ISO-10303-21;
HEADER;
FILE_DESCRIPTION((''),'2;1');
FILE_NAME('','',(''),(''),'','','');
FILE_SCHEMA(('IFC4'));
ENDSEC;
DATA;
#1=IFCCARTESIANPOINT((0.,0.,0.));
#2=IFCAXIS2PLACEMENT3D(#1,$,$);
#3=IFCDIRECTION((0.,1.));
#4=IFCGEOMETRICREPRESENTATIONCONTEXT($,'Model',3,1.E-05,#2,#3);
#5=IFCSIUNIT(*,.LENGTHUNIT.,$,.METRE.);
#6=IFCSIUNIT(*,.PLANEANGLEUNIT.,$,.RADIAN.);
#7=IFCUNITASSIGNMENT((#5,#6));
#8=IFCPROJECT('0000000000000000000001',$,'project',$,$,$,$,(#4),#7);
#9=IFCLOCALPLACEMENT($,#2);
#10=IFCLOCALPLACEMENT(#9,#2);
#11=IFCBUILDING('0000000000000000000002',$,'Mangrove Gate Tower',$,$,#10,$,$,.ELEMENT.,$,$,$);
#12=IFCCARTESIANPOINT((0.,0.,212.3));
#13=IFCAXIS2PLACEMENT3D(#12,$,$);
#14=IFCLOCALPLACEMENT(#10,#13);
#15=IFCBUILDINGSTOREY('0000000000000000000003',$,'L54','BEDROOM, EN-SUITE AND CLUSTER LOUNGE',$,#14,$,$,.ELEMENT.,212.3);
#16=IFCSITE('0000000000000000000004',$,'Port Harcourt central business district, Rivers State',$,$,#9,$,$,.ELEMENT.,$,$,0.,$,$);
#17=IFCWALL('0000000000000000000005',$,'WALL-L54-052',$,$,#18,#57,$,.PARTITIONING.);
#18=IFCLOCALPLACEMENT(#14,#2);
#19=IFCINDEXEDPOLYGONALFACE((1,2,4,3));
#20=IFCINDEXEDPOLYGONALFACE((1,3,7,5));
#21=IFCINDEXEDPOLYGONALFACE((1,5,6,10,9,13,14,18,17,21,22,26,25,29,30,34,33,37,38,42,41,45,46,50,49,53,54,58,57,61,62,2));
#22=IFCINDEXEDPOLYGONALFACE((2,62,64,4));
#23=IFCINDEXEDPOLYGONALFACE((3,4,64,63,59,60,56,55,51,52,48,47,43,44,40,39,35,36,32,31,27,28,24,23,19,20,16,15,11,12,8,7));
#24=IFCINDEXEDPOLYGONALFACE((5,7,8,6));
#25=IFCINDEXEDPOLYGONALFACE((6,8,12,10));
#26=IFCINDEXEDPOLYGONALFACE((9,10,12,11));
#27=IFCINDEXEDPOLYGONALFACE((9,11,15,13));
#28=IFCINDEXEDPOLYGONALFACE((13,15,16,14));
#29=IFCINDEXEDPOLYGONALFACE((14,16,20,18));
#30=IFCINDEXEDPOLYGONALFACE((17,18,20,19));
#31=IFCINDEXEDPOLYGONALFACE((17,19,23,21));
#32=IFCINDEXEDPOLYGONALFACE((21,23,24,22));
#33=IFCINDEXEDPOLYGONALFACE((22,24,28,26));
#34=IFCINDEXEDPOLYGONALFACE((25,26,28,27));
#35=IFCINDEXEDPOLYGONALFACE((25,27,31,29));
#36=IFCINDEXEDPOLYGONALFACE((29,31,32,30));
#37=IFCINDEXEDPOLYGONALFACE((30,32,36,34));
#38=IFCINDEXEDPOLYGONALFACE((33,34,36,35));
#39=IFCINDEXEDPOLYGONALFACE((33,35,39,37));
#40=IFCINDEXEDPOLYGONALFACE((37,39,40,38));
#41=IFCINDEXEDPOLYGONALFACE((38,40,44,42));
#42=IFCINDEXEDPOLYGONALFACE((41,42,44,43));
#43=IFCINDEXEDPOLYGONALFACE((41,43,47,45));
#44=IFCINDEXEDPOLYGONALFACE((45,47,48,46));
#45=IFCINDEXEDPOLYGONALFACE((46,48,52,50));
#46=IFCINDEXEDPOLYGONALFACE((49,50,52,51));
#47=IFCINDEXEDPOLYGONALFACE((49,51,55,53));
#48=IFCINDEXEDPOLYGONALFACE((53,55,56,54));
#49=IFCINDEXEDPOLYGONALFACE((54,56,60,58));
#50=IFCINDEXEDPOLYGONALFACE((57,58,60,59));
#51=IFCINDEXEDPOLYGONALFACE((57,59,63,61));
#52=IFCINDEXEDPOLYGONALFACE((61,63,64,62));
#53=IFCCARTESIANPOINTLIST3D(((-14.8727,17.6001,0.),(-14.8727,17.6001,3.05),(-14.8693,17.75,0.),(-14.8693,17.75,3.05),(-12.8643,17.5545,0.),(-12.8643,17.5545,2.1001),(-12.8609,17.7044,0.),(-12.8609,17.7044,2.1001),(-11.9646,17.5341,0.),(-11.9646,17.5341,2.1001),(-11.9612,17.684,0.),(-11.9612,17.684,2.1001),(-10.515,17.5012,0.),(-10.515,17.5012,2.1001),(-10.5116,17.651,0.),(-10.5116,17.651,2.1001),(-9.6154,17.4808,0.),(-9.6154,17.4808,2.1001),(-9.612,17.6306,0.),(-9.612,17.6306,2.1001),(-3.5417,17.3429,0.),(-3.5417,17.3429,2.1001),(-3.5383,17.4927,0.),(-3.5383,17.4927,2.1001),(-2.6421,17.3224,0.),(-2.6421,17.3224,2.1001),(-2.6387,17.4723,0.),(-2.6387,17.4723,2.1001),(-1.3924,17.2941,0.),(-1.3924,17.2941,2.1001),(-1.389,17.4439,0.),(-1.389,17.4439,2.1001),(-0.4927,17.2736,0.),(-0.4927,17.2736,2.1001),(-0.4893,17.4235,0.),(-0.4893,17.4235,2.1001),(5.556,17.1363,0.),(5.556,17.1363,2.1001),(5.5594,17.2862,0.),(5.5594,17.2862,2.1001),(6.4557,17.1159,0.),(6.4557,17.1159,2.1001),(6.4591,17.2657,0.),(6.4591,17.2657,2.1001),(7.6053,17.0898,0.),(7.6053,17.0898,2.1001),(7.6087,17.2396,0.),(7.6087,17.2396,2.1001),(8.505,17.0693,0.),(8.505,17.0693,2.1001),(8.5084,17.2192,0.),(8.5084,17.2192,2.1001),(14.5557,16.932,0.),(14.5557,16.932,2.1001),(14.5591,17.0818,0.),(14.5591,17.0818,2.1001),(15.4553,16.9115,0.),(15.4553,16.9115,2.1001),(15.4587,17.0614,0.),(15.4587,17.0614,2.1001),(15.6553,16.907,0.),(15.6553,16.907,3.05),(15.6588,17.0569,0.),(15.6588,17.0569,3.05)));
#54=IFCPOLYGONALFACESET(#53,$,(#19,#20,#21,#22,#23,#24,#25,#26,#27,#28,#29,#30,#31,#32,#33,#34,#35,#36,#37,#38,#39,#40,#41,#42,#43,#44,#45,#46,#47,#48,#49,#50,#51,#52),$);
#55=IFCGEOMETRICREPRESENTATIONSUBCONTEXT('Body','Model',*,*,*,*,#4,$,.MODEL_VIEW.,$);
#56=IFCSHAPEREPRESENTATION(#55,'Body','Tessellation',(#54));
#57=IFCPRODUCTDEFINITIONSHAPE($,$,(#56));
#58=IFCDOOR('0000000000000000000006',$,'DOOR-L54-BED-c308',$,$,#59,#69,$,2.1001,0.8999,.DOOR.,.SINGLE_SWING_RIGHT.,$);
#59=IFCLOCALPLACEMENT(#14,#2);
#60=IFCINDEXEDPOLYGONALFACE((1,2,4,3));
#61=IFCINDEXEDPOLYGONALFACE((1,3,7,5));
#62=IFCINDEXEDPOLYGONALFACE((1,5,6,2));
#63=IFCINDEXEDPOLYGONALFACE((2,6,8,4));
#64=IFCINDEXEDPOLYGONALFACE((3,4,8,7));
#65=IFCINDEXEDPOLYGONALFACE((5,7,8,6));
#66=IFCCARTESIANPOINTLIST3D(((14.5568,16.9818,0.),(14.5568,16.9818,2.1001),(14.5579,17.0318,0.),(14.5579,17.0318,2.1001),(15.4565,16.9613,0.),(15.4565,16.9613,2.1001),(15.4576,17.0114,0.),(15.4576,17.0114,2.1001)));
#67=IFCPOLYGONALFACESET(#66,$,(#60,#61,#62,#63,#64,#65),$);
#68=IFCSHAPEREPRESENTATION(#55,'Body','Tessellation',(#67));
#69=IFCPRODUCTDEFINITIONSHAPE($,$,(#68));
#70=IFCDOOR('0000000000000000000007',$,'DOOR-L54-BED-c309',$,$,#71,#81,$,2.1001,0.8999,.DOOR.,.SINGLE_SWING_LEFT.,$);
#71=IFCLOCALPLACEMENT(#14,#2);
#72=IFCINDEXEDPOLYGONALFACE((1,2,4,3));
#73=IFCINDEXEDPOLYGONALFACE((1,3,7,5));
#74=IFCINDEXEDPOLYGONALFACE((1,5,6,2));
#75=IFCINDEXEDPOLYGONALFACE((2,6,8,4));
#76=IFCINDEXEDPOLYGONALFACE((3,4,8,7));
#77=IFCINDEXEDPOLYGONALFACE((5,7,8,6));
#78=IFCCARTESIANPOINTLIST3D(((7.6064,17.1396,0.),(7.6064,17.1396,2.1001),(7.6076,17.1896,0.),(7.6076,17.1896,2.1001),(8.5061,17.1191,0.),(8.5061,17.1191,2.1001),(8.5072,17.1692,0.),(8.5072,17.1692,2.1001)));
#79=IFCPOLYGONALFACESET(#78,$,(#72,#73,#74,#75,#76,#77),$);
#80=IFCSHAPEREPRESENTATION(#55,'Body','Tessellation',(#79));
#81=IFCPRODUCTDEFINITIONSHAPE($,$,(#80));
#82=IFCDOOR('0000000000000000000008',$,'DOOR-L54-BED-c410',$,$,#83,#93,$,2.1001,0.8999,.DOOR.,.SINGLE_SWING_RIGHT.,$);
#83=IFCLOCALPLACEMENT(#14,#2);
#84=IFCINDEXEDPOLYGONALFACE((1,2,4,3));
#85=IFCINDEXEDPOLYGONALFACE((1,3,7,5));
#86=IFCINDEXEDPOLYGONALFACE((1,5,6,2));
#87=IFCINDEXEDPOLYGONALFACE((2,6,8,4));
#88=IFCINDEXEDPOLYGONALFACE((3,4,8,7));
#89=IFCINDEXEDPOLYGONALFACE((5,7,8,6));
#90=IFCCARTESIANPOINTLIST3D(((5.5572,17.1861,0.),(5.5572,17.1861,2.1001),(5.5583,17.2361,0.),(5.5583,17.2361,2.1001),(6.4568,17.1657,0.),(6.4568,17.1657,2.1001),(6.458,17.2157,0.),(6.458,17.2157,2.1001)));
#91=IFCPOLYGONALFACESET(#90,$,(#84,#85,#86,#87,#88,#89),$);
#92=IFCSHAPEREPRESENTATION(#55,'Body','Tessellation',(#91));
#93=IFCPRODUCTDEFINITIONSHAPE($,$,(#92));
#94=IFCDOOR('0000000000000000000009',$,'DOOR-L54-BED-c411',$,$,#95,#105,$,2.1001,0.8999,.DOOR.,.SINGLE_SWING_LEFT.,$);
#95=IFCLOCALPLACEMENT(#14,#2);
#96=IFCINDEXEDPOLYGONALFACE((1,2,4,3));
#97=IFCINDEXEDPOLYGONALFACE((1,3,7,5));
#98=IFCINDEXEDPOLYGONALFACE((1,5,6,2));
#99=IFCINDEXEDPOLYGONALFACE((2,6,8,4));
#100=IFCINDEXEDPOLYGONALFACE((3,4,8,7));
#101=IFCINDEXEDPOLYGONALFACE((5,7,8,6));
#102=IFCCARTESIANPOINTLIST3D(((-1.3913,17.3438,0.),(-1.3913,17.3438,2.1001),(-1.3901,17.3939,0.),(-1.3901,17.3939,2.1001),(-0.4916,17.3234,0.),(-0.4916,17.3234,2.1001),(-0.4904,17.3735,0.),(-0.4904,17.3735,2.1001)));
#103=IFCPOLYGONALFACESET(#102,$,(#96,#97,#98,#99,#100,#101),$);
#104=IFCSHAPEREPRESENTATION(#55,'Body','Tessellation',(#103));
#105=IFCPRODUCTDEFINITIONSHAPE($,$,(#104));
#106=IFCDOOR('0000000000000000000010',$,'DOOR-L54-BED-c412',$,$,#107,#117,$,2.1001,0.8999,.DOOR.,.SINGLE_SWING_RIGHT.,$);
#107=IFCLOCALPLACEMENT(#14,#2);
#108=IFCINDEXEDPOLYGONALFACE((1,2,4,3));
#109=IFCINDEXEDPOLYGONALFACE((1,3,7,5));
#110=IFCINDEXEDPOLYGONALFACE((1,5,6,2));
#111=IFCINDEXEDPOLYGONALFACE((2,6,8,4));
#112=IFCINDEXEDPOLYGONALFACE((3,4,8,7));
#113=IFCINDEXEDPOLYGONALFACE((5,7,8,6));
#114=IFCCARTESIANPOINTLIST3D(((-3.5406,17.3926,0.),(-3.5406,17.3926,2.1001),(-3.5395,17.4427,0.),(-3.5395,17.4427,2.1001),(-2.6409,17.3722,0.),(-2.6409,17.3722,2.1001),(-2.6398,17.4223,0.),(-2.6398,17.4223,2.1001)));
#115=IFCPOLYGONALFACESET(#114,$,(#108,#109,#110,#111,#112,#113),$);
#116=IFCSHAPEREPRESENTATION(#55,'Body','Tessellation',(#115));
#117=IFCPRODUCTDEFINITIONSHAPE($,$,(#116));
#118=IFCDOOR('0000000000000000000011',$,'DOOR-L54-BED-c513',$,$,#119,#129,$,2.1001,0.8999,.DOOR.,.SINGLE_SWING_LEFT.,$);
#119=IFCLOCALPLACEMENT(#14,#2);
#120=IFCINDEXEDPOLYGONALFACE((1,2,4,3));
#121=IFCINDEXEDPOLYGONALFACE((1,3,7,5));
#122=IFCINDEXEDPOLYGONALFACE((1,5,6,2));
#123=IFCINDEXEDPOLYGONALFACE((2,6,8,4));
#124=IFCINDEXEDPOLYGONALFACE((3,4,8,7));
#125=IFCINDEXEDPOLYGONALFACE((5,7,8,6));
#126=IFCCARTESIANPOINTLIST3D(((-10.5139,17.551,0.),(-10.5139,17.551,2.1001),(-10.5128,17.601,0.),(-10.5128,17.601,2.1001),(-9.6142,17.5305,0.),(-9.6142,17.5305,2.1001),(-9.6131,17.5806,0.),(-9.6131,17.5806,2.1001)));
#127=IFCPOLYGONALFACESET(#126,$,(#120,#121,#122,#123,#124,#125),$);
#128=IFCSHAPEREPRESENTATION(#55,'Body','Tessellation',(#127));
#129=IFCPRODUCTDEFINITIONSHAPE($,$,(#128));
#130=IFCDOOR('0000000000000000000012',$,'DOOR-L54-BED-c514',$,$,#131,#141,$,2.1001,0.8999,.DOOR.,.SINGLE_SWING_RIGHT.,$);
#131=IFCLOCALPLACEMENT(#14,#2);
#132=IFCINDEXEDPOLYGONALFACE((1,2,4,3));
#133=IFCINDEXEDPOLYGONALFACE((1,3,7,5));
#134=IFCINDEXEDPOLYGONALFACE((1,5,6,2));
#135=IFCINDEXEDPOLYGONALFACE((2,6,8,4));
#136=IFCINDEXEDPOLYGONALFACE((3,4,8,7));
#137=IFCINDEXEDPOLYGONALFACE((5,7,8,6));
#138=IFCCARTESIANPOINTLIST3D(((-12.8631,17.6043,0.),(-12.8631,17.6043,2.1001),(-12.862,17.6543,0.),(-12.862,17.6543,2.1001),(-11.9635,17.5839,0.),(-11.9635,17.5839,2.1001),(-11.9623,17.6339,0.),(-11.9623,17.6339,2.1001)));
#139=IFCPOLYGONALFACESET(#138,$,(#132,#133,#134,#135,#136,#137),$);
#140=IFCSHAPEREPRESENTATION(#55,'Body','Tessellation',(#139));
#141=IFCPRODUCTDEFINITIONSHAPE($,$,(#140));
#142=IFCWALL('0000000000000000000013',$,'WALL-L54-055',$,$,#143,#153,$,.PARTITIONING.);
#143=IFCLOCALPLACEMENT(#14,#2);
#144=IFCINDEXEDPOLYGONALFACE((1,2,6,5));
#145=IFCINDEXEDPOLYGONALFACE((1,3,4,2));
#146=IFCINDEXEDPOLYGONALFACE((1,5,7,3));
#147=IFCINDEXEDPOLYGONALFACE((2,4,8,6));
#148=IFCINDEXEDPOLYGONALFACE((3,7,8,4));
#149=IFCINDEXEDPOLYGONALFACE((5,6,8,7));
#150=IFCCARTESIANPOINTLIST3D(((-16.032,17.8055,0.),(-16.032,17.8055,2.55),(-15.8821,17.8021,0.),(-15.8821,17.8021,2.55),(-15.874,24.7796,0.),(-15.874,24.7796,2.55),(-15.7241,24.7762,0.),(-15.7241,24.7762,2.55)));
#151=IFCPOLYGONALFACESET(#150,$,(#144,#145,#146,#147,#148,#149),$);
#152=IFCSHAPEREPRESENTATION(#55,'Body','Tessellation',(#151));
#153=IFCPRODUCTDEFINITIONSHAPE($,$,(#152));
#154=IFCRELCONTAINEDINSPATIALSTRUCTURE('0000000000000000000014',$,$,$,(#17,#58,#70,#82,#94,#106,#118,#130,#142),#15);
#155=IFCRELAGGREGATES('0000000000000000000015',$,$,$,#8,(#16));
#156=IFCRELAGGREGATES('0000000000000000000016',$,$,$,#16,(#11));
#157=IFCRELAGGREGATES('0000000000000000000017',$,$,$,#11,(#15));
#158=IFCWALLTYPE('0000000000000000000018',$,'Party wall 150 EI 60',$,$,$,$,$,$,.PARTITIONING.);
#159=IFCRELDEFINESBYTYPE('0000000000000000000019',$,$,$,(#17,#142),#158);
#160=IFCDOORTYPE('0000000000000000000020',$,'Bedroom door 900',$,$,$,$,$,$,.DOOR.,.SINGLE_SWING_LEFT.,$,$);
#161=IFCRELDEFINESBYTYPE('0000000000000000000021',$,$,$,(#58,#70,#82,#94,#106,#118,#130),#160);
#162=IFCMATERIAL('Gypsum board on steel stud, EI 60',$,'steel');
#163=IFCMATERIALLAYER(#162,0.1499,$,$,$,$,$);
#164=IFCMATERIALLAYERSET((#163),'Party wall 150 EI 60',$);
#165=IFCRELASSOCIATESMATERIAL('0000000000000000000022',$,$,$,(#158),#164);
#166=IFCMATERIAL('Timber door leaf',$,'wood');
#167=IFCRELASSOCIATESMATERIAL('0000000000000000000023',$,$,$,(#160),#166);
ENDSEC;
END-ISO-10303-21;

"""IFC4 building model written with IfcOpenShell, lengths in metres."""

from ifc_helpers import new_model, si_unit, direction, frame, frame_2d, origin, place, context, subcontext, project, spatial, rectangle, extrude, material, layer, layer_set, type_object, element, fill, save


model = new_model("IFC4")

# Units and contexts
model_context = context("Model", 3, precision=1e-05, world=origin(), true_north=direction((0.0, 1.0)))
body_context = subcontext(model_context, "Body", "Model", "MODEL_VIEW")
ifc_project = project(units=[si_unit("LENGTHUNIT", "METRE"), si_unit("PLANEANGLEUNIT", "RADIAN")], contexts=[model_context])

# Site, building, storey
site_placement = place(None, origin())
site = spatial("IfcSite", under=ifc_project, at=site_placement, Name="Port Harcourt central business district, Rivers State", CompositionType="ELEMENT", RefElevation=0.0)
building_placement = place(site_placement, origin())
building = spatial("IfcBuilding", under=site, at=building_placement, Name="Mangrove Gate Tower", CompositionType="ELEMENT")
storey_placement = place(building_placement, frame((0.0, 0.0, 212.3)))
storey = spatial("IfcBuildingStorey", under=building, at=storey_placement, Name="L54", Description="BEDROOM, EN-SUITE AND CLUSTER LOUNGE", CompositionType="ELEMENT", Elevation=212.3)

# Wall, openings, doors
ifc_material_1 = material(Name="Gypsum board on steel stud, EI 60", Category="steel")
ifc_layer_1 = layer(ifc_material_1, 0.1499)
ifc_layer_set_1 = layer_set([ifc_layer_1], Name="Party wall 150 EI 60")
wall_type_1 = type_object("IfcWallType", Name="Party wall 150 EI 60", PredefinedType="PARTITIONING", material=ifc_layer_set_1)
wall_1_placement = place(storey_placement, frame((-14.8711, 17.675, 0.0), z_axis=(0.0, 0.0, 1.0), x_axis=(0.999742, -0.022698, 0.0)))
wall_1 = element("IfcWall", 1, at=wall_1_placement, inside=storey, type_object=wall_type_1, Name="WALL-L54-052", PredefinedType="PARTITIONING", context=body_context, shape_type="SweptSolid", body=[
    extrude(rectangle(XDim=30.5359, YDim=0.1499, at=frame_2d((15.2681, 0.0))), origin(), (0.0, 0.0, 1.0), 3.05),
])
opening_1_placement = place(wall_1_placement, frame((29.436, 0.0, 0.0)))
opening_1 = element("IfcOpeningElement", 2, at=opening_1_placement, cuts=wall_1, PredefinedType="OPENING", context=body_context, shape_type="SweptSolid", body=[
    extrude(rectangle(XDim=0.8999, YDim=2.1001, at=frame_2d((0.45, 1.05))), frame((0.0, 0.085, 0.0), z_axis=(0.0, -1.0, 0.0), x_axis=(1.0, 0.0, 0.0)), (0.0, 0.0, 1.0), 0.1699),
])
opening_2_placement = place(wall_1_placement, frame((22.4839, 0.0, 0.0)))
opening_2 = element("IfcOpeningElement", 3, at=opening_2_placement, cuts=wall_1, PredefinedType="OPENING", context=body_context, shape_type="SweptSolid", body=[
    extrude(rectangle(XDim=0.8999, YDim=2.1001, at=frame_2d((0.45, 1.05))), frame((0.0, 0.085, 0.0), z_axis=(0.0, -1.0, 0.0), x_axis=(1.0, 0.0, 0.0)), (0.0, 0.0, 1.0), 0.1699),
])
opening_3_placement = place(wall_1_placement, frame((20.4341, 0.0, 0.0)))
opening_3 = element("IfcOpeningElement", 4, at=opening_3_placement, cuts=wall_1, PredefinedType="OPENING", context=body_context, shape_type="SweptSolid", body=[
    extrude(rectangle(XDim=0.8999, YDim=2.1001, at=frame_2d((0.45, 1.05))), frame((0.0, 0.085, 0.0), z_axis=(0.0, -1.0, 0.0), x_axis=(1.0, 0.0, 0.0)), (0.0, 0.0, 1.0), 0.1699),
])
opening_4_placement = place(wall_1_placement, frame((13.4839, 0.0, 0.0)))
opening_4 = element("IfcOpeningElement", 5, at=opening_4_placement, cuts=wall_1, PredefinedType="OPENING", context=body_context, shape_type="SweptSolid", body=[
    extrude(rectangle(XDim=0.8999, YDim=2.1001, at=frame_2d((0.45, 1.05))), frame((0.0, 0.085, 0.0), z_axis=(0.0, -1.0, 0.0), x_axis=(1.0, 0.0, 0.0)), (0.0, 0.0, 1.0), 0.1699),
])
opening_5_placement = place(wall_1_placement, frame((11.334, 0.0, 0.0)))
opening_5 = element("IfcOpeningElement", 6, at=opening_5_placement, cuts=wall_1, PredefinedType="OPENING", context=body_context, shape_type="SweptSolid", body=[
    extrude(rectangle(XDim=0.8999, YDim=2.1001, at=frame_2d((0.45, 1.05))), frame((0.0, 0.085, 0.0), z_axis=(0.0, -1.0, 0.0), x_axis=(1.0, 0.0, 0.0)), (0.0, 0.0, 1.0), 0.1699),
])
opening_6_placement = place(wall_1_placement, frame((4.3589, 0.0, 0.0)))
opening_6 = element("IfcOpeningElement", 7, at=opening_6_placement, cuts=wall_1, PredefinedType="OPENING", context=body_context, shape_type="SweptSolid", body=[
    extrude(rectangle(XDim=0.8999, YDim=2.1001, at=frame_2d((0.45, 1.05))), frame((0.0, 0.085, 0.0), z_axis=(0.0, -1.0, 0.0), x_axis=(1.0, 0.0, 0.0)), (0.0, 0.0, 1.0), 0.1699),
])
opening_7_placement = place(wall_1_placement, frame((2.009, 0.0, 0.0)))
opening_7 = element("IfcOpeningElement", 8, at=opening_7_placement, cuts=wall_1, PredefinedType="OPENING", context=body_context, shape_type="SweptSolid", body=[
    extrude(rectangle(XDim=0.8999, YDim=2.1001, at=frame_2d((0.45, 1.05))), frame((0.0, 0.085, 0.0), z_axis=(0.0, -1.0, 0.0), x_axis=(1.0, 0.0, 0.0)), (0.0, 0.0, 1.0), 0.1699),
])
ifc_material_2 = material(Name="Timber door leaf", Category="wood")
door_type_1 = type_object("IfcDoorType", Name="Bedroom door 900", OperationType="SINGLE_SWING_LEFT", PredefinedType="DOOR", material=ifc_material_2)
door_1_placement = place(opening_1_placement, origin())
door_1 = element("IfcDoor", 9, at=door_1_placement, inside=storey, type_object=door_type_1, Name="DOOR-L54-BED-c308", OperationType="SINGLE_SWING_RIGHT", OverallHeight=2.1001, OverallWidth=0.8999, PredefinedType="DOOR", context=body_context, shape_type="SweptSolid", body=[
    extrude(rectangle(XDim=0.8999, YDim=2.1001, at=frame_2d((0.45, 1.05))), frame((0.0, 0.0249, 0.0), z_axis=(0.0, -1.0, 0.0), x_axis=(1.0, 0.0, 0.0)), (0.0, 0.0, 1.0), 0.05),
])
fill(opening_1, door_1)
door_2_placement = place(opening_2_placement, origin())
door_2 = element("IfcDoor", 10, at=door_2_placement, inside=storey, type_object=door_type_1, Name="DOOR-L54-BED-c309", OperationType="SINGLE_SWING_LEFT", OverallHeight=2.1001, OverallWidth=0.8999, PredefinedType="DOOR", context=body_context, shape_type="SweptSolid", body=[
    extrude(rectangle(XDim=0.8999, YDim=2.1001, at=frame_2d((0.45, 1.05))), frame((0.0, 0.0249, 0.0), z_axis=(0.0, -1.0, 0.0), x_axis=(1.0, 0.0, 0.0)), (0.0, 0.0, 1.0), 0.05),
])
fill(opening_2, door_2)
door_3_placement = place(opening_3_placement, origin())
door_3 = element("IfcDoor", 11, at=door_3_placement, inside=storey, type_object=door_type_1, Name="DOOR-L54-BED-c410", OperationType="SINGLE_SWING_RIGHT", OverallHeight=2.1001, OverallWidth=0.8999, PredefinedType="DOOR", context=body_context, shape_type="SweptSolid", body=[
    extrude(rectangle(XDim=0.8999, YDim=2.1001, at=frame_2d((0.45, 1.05))), frame((0.0, 0.0249, 0.0), z_axis=(0.0, -1.0, 0.0), x_axis=(1.0, 0.0, 0.0)), (0.0, 0.0, 1.0), 0.05),
])
fill(opening_3, door_3)
door_4_placement = place(opening_4_placement, origin())
door_4 = element("IfcDoor", 12, at=door_4_placement, inside=storey, type_object=door_type_1, Name="DOOR-L54-BED-c411", OperationType="SINGLE_SWING_LEFT", OverallHeight=2.1001, OverallWidth=0.8999, PredefinedType="DOOR", context=body_context, shape_type="SweptSolid", body=[
    extrude(rectangle(XDim=0.8999, YDim=2.1001, at=frame_2d((0.45, 1.05))), frame((0.0, 0.0249, 0.0), z_axis=(0.0, -1.0, 0.0), x_axis=(1.0, 0.0, 0.0)), (0.0, 0.0, 1.0), 0.05),
])
fill(opening_4, door_4)
door_5_placement = place(opening_5_placement, origin())
door_5 = element("IfcDoor", 13, at=door_5_placement, inside=storey, type_object=door_type_1, Name="DOOR-L54-BED-c412", OperationType="SINGLE_SWING_RIGHT", OverallHeight=2.1001, OverallWidth=0.8999, PredefinedType="DOOR", context=body_context, shape_type="SweptSolid", body=[
    extrude(rectangle(XDim=0.8999, YDim=2.1001, at=frame_2d((0.45, 1.05))), frame((0.0, 0.0249, 0.0), z_axis=(0.0, -1.0, 0.0), x_axis=(1.0, 0.0, 0.0)), (0.0, 0.0, 1.0), 0.05),
])
fill(opening_5, door_5)
door_6_placement = place(opening_6_placement, origin())
door_6 = element("IfcDoor", 14, at=door_6_placement, inside=storey, type_object=door_type_1, Name="DOOR-L54-BED-c513", OperationType="SINGLE_SWING_LEFT", OverallHeight=2.1001, OverallWidth=0.8999, PredefinedType="DOOR", context=body_context, shape_type="SweptSolid", body=[
    extrude(rectangle(XDim=0.8999, YDim=2.1001, at=frame_2d((0.45, 1.05))), frame((0.0, 0.0249, 0.0), z_axis=(0.0, -1.0, 0.0), x_axis=(1.0, 0.0, 0.0)), (0.0, 0.0, 1.0), 0.05),
])
fill(opening_6, door_6)
door_7_placement = place(opening_7_placement, origin())
door_7 = element("IfcDoor", 15, at=door_7_placement, inside=storey, type_object=door_type_1, Name="DOOR-L54-BED-c514", OperationType="SINGLE_SWING_RIGHT", OverallHeight=2.1001, OverallWidth=0.8999, PredefinedType="DOOR", context=body_context, shape_type="SweptSolid", body=[
    extrude(rectangle(XDim=0.8999, YDim=2.1001, at=frame_2d((0.45, 1.05))), frame((0.0, 0.0249, 0.0), z_axis=(0.0, -1.0, 0.0), x_axis=(1.0, 0.0, 0.0)), (0.0, 0.0, 1.0), 0.05),
])
fill(opening_7, door_7)

# Wall
wall_2_placement = place(storey_placement, frame((-15.957, 17.804, 0.0), z_axis=(0.0, 0.0, 1.0), x_axis=(0.022643, 0.999744, 0.0)))
element("IfcWall", 16, at=wall_2_placement, inside=storey, type_object=wall_type_1, Name="WALL-L54-055", PredefinedType="PARTITIONING", context=body_context, shape_type="SweptSolid", body=[
    extrude(rectangle(XDim=6.9758, YDim=0.1499, at=frame_2d((3.4878, 0.0))), origin(), (0.0, 0.0, 1.0), 2.55),
])

save(model, "model.ifc")
